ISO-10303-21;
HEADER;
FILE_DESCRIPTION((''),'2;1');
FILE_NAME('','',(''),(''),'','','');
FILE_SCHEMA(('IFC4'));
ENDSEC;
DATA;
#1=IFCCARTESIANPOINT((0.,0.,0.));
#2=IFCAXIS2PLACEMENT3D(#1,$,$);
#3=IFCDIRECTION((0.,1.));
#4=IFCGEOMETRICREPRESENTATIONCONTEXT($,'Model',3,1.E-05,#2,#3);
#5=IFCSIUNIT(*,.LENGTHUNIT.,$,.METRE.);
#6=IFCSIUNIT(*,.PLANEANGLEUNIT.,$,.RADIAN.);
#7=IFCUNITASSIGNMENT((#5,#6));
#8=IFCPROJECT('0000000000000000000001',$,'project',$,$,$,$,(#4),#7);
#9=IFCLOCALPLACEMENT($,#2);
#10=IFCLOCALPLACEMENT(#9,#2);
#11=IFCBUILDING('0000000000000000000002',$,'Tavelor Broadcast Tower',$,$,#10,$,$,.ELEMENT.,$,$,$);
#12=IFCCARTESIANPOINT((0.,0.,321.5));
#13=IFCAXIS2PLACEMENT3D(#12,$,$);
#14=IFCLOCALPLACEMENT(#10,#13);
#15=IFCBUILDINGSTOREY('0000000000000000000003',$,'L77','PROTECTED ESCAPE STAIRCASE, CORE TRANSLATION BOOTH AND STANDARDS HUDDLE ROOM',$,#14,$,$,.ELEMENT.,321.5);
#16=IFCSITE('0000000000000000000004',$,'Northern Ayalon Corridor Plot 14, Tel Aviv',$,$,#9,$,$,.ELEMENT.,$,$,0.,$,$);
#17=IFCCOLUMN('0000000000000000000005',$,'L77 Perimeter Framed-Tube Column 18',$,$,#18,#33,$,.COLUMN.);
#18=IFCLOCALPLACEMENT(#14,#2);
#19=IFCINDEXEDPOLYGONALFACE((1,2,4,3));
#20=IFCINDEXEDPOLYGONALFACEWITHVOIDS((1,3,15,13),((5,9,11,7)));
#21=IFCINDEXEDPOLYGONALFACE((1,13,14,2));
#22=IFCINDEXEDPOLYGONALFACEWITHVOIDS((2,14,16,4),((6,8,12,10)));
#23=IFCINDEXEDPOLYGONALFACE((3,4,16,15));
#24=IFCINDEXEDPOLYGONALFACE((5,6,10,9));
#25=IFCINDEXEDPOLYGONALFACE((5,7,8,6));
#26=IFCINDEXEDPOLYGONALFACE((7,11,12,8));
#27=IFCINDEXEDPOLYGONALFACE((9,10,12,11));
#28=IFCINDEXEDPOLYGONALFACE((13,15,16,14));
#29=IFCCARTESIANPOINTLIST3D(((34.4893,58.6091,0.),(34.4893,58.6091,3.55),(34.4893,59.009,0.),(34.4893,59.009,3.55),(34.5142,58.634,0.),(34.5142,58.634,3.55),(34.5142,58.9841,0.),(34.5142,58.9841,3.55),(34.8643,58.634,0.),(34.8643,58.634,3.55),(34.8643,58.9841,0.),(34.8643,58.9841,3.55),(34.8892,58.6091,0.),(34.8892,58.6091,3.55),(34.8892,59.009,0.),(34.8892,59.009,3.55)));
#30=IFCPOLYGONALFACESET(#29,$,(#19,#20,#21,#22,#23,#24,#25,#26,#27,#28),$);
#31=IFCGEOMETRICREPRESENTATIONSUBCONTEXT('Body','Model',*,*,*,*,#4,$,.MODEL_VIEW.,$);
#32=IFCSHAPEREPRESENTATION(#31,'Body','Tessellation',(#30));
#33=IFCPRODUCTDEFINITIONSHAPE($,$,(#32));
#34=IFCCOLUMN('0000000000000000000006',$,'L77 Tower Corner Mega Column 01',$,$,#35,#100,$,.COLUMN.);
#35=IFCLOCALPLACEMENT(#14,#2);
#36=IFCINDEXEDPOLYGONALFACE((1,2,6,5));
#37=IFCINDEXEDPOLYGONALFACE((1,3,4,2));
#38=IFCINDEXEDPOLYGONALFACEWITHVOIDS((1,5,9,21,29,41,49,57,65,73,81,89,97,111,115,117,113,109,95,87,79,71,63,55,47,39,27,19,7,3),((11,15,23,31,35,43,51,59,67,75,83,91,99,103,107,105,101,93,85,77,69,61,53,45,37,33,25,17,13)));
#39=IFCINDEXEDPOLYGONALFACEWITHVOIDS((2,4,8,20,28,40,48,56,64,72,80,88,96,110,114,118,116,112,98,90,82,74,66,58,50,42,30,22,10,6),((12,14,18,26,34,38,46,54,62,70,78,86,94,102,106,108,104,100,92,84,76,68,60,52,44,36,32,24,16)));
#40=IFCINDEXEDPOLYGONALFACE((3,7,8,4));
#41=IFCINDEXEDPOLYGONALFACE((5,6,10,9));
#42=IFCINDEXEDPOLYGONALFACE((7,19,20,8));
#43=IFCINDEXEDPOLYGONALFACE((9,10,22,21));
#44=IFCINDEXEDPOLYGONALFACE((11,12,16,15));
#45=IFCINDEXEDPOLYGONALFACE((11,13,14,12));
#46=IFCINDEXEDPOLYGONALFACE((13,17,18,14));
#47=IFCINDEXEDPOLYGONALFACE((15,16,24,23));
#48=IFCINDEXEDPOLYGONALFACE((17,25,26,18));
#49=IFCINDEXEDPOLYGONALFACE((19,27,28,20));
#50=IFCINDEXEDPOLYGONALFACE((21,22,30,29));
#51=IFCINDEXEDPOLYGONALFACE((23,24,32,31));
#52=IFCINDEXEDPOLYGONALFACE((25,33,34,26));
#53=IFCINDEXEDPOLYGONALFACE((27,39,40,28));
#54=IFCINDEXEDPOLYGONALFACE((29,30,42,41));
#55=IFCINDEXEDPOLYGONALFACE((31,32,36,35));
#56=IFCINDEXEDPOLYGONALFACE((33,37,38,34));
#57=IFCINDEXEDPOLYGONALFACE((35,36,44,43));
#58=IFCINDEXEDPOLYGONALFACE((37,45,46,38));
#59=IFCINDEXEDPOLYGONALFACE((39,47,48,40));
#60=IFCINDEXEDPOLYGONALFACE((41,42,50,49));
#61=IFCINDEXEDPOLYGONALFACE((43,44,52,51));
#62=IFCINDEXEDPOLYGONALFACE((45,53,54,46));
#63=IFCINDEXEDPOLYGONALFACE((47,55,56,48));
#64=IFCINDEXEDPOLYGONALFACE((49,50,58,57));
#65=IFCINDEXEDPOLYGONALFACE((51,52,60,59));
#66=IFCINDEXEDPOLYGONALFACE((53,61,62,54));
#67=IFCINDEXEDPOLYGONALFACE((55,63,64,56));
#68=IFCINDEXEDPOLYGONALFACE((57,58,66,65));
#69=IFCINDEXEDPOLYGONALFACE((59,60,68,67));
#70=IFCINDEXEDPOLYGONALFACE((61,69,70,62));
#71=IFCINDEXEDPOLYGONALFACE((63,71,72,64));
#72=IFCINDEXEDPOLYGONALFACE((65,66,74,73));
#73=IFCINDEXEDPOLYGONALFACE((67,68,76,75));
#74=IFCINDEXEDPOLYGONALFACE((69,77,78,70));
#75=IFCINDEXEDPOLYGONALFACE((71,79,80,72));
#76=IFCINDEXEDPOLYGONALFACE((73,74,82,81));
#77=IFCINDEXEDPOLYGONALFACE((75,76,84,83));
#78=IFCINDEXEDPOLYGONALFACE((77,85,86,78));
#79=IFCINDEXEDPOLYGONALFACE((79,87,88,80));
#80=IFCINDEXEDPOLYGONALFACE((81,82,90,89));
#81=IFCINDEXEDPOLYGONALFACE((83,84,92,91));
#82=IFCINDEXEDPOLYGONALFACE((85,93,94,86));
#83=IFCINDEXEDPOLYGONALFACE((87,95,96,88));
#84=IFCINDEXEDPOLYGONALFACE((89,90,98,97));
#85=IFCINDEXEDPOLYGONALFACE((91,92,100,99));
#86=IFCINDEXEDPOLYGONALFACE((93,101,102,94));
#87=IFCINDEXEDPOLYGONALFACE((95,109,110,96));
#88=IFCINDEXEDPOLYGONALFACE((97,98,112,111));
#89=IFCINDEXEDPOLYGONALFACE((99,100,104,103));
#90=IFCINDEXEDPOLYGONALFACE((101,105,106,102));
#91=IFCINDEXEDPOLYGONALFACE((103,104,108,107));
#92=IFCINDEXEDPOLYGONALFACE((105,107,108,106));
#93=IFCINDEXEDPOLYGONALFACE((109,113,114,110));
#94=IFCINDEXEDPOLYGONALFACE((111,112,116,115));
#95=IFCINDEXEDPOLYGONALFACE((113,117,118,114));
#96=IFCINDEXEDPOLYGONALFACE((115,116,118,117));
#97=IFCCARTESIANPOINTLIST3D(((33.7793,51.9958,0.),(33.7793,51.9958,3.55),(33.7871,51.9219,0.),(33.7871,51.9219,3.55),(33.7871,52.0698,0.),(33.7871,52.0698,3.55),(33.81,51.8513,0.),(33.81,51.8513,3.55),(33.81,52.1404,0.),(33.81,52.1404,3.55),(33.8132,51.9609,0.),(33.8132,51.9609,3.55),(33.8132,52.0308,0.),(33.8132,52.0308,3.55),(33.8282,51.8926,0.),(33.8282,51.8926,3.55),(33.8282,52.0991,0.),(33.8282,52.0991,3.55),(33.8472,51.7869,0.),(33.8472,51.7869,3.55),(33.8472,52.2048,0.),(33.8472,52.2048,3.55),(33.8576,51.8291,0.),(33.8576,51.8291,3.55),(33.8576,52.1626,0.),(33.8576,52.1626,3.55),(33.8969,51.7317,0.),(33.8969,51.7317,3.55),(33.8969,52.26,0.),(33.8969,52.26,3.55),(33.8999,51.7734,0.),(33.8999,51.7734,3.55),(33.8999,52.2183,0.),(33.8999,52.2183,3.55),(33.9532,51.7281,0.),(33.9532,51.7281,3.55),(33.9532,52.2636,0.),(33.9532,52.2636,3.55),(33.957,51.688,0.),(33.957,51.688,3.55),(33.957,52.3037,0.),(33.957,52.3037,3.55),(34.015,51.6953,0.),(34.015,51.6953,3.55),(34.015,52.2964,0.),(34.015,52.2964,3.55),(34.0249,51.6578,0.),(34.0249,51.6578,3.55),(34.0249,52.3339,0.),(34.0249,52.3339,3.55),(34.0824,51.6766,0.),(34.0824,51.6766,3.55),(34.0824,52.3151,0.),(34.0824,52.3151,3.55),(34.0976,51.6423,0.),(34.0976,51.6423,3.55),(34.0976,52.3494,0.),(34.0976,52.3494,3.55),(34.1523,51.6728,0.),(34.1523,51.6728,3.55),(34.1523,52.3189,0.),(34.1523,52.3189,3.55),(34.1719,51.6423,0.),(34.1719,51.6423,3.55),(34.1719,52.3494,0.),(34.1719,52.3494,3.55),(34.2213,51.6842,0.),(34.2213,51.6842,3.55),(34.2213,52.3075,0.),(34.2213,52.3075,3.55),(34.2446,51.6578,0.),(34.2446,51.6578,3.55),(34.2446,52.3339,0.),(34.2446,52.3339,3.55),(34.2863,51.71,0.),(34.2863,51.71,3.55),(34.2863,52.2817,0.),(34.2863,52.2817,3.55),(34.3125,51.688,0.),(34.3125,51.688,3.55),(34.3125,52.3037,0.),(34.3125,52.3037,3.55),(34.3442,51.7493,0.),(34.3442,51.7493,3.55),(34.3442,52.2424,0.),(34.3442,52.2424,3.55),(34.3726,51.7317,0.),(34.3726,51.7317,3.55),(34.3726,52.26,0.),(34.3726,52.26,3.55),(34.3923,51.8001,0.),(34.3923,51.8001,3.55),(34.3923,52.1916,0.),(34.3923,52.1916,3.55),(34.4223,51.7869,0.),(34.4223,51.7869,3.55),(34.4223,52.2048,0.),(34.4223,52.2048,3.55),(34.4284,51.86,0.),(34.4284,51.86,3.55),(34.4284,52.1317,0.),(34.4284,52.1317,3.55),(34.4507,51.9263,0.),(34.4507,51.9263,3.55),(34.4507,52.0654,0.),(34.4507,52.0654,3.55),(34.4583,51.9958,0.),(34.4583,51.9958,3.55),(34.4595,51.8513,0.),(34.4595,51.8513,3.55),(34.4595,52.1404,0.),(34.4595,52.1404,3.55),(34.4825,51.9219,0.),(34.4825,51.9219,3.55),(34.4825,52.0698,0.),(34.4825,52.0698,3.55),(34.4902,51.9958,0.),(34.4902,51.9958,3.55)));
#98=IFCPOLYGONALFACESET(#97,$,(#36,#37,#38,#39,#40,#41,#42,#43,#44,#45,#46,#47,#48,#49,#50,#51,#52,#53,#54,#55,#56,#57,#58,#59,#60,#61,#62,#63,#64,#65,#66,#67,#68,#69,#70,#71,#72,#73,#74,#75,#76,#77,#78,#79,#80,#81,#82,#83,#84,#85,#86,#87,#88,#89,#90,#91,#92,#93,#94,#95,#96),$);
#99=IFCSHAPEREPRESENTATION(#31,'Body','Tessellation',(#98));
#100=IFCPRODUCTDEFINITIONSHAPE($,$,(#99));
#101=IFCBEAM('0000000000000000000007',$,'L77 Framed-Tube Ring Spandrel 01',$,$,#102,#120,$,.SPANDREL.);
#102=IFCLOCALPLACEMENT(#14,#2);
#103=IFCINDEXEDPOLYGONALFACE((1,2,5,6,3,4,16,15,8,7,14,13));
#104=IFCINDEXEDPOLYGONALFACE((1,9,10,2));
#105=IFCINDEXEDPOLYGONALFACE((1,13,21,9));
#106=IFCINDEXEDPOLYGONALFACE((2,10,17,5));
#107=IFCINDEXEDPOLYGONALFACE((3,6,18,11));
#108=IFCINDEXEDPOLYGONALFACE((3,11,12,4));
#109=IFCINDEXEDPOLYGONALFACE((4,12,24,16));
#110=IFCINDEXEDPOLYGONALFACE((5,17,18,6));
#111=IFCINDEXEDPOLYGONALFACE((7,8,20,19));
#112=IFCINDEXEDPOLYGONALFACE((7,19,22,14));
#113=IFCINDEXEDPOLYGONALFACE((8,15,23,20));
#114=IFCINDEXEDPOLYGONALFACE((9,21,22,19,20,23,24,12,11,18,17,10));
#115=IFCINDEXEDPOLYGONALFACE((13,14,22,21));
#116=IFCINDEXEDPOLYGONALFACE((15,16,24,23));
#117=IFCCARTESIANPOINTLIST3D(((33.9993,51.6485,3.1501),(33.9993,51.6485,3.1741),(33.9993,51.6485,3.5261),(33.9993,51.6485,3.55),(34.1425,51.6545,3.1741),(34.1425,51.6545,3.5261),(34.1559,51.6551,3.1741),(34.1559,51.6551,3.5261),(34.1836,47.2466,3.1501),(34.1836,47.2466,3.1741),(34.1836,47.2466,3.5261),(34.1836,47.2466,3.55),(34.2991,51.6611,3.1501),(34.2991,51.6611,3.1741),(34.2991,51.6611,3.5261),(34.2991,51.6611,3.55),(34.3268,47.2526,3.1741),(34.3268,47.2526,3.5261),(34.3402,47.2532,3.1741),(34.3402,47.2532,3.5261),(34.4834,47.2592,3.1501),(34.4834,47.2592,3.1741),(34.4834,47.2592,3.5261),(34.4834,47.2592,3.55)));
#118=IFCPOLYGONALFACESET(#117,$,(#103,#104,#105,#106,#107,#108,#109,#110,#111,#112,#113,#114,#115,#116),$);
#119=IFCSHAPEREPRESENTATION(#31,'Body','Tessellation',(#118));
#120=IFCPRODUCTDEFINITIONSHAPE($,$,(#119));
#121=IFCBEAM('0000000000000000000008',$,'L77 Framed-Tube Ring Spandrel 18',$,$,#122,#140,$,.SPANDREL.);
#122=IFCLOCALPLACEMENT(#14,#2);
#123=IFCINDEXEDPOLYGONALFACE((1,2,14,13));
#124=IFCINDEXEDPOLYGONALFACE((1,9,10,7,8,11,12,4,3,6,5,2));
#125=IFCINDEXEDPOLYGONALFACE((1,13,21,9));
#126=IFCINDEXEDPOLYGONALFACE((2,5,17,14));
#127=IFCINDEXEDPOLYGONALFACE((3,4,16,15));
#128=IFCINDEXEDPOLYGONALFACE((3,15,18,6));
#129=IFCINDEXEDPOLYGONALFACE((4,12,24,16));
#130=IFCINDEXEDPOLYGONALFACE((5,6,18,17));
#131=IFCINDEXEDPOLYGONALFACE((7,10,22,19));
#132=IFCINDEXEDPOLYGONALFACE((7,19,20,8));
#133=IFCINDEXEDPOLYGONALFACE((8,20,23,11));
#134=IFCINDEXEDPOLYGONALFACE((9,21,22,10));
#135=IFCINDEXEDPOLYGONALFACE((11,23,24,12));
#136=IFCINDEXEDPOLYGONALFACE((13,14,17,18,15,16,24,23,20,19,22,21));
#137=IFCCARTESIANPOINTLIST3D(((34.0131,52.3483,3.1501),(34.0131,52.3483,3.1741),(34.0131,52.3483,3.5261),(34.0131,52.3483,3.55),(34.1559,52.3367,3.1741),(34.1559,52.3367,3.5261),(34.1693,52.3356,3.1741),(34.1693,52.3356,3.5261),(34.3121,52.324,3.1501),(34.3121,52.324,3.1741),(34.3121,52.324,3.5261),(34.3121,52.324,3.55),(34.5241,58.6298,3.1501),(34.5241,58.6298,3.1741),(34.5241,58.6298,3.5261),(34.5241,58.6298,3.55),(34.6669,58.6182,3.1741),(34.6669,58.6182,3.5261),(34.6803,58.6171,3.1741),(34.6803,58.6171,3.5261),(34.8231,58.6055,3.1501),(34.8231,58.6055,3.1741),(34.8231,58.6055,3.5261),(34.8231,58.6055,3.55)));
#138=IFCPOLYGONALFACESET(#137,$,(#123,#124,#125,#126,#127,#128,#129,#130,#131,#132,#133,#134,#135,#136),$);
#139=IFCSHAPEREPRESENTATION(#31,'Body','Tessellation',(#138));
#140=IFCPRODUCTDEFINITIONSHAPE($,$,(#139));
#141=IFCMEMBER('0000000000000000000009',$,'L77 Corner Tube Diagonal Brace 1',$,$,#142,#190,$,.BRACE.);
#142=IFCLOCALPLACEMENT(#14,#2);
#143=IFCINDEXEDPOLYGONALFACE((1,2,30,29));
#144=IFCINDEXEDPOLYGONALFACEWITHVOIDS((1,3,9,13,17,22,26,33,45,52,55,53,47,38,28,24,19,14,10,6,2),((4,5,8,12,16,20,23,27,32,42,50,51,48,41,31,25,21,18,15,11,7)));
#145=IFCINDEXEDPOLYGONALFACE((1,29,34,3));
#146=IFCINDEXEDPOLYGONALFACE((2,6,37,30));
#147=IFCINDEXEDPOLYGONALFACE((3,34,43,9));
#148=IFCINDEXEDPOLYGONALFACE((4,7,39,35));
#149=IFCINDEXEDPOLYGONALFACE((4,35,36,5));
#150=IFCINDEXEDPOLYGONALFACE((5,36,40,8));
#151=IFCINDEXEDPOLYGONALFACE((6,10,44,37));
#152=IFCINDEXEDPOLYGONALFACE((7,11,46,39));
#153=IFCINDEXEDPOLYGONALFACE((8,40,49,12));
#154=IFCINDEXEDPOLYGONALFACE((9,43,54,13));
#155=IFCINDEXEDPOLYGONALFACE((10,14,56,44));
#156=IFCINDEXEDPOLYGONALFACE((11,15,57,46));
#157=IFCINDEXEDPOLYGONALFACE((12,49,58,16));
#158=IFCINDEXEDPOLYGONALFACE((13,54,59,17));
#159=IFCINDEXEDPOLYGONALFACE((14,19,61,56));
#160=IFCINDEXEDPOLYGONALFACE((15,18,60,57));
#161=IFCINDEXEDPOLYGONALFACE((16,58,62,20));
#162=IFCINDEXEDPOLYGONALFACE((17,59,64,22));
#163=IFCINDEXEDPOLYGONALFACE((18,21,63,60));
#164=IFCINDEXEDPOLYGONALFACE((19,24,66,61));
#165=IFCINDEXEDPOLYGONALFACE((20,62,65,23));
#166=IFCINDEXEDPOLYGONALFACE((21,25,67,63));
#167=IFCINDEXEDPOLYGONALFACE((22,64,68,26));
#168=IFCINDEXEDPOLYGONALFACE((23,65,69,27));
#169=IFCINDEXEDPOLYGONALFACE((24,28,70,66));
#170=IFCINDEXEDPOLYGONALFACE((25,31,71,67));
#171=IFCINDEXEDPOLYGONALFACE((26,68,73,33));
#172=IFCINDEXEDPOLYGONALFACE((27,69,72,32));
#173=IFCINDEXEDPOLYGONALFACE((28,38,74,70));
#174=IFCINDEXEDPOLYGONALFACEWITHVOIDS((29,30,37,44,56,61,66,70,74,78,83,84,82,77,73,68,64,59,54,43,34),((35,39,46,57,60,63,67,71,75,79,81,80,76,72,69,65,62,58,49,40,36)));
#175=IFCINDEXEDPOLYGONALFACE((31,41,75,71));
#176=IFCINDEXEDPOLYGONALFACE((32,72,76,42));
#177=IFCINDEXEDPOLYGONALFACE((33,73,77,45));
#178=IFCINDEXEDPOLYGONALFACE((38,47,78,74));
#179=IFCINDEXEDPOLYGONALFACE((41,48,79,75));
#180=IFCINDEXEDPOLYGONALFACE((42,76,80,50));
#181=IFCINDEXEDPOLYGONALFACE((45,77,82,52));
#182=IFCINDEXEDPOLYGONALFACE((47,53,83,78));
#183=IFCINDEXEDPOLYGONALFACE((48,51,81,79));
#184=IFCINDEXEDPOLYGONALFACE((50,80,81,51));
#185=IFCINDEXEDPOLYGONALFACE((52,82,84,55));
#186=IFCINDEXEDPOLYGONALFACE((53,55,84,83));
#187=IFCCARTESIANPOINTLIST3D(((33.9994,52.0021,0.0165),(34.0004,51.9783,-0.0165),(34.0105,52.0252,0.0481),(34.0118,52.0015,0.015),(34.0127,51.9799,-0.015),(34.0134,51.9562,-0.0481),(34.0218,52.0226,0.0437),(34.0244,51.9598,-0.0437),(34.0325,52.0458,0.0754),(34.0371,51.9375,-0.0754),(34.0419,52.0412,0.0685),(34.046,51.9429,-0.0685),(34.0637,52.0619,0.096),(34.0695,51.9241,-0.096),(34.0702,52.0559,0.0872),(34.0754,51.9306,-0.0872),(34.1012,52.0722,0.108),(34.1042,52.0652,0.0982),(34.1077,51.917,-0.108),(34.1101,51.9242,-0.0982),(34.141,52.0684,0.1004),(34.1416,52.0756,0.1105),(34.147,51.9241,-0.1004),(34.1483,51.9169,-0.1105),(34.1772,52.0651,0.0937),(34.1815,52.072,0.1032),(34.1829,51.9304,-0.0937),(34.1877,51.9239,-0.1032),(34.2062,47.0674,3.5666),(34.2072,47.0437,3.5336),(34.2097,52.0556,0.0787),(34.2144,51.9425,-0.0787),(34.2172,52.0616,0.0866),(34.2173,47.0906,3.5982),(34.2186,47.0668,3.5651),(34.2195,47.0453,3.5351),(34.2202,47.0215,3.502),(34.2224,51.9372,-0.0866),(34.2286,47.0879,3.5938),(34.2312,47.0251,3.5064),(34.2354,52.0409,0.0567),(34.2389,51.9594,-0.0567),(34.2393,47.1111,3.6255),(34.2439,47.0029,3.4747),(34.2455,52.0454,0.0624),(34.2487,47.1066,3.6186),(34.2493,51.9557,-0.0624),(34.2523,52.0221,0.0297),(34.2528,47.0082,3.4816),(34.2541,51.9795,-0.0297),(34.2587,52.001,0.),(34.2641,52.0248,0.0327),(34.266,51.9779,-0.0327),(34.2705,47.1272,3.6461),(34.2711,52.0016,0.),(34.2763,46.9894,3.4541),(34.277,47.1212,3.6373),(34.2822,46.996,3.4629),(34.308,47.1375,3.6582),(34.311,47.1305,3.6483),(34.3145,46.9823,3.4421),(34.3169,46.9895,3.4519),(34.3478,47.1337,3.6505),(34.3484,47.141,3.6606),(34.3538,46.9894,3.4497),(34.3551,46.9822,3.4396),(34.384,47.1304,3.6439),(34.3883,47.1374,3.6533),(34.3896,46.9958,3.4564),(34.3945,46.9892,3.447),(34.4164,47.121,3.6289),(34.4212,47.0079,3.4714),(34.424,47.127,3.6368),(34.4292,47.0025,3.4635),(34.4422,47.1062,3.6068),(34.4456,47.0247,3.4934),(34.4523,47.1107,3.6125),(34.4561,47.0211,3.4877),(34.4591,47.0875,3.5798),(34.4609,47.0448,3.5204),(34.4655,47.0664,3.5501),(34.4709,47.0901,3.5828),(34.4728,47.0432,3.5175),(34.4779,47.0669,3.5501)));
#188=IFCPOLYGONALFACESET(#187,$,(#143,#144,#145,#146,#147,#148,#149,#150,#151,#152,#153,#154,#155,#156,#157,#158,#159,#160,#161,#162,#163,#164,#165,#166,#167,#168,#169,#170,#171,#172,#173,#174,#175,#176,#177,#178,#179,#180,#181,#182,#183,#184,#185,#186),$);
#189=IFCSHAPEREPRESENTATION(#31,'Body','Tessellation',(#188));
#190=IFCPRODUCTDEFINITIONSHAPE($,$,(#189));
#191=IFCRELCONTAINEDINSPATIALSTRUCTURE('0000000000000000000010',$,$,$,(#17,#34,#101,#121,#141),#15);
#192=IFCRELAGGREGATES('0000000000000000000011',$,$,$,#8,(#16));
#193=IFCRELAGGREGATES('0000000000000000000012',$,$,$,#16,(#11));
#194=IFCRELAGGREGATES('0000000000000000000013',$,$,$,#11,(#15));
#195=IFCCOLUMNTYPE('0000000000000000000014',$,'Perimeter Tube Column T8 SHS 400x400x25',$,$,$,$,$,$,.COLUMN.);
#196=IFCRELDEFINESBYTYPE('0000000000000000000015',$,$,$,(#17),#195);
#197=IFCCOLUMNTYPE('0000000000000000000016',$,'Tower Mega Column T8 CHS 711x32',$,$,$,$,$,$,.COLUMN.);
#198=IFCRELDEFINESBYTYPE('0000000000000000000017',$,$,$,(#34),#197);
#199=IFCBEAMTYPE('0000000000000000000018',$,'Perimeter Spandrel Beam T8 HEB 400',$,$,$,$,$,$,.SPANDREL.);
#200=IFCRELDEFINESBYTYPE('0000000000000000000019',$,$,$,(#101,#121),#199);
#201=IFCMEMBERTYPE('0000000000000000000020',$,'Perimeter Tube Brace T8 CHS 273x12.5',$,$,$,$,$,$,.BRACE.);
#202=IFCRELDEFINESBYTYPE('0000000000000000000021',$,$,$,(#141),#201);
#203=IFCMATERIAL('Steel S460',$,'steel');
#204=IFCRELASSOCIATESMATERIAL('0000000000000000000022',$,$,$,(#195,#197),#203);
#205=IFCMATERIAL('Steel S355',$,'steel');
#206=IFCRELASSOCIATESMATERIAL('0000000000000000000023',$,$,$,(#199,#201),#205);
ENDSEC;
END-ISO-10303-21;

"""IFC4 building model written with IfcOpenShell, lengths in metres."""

from ifc_helpers import new_model, si_unit, direction, frame, origin, origin_2d, place, context, subcontext, project, spatial, hollow_rectangle, hollow_circle, i_section, extrude, material, material_profile, profile_set, type_object, element, save


model = new_model("IFC4")

# Units and contexts
model_context = context("Model", 3, precision=1e-05, world=origin(), true_north=direction((0.0, 1.0)))
body_context = subcontext(model_context, "Body", "Model", "MODEL_VIEW")
ifc_project = project(units=[si_unit("LENGTHUNIT", "METRE"), si_unit("PLANEANGLEUNIT", "RADIAN")], contexts=[model_context])

# Site, building, storey
site_placement = place(None, origin())
site = spatial("IfcSite", under=ifc_project, at=site_placement, Name="Northern Ayalon Corridor Plot 14, Tel Aviv", CompositionType="ELEMENT", RefElevation=0.0)
building_placement = place(site_placement, origin())
building = spatial("IfcBuilding", under=site, at=building_placement, Name="Tavelor Broadcast Tower", CompositionType="ELEMENT")
storey_placement = place(building_placement, frame((0.0, 0.0, 321.5)))
storey = spatial("IfcBuildingStorey", under=building, at=storey_placement, Name="L77", Description="PROTECTED ESCAPE STAIRCASE, CORE TRANSLATION BOOTH AND STANDARDS HUDDLE ROOM", CompositionType="ELEMENT", Elevation=321.5)

# Columns
ifc_material_1 = material(Name="Steel S460", Category="steel")
ifc_material_profile_1 = material_profile(ifc_material_1, hollow_rectangle(XDim=0.3999, YDim=0.3999, WallThickness=0.0249, at=origin_2d()), Name="SHS 400x400x25")
ifc_profile_set_1 = profile_set([ifc_material_profile_1], Name="Steel S460")
column_type_1 = type_object("IfcColumnType", Name="Perimeter Tube Column T8 SHS 400x400x25", PredefinedType="COLUMN", material=ifc_profile_set_1)
column_1_placement = place(storey_placement, frame((34.6892, 58.8091, 0.0), z_axis=(0.0, 0.0, 1.0), x_axis=(1.0, 0.0, 0.0)))
element("IfcColumn", 1, at=column_1_placement, inside=storey, type_object=column_type_1, Name="L77 Perimeter Framed-Tube Column 18", PredefinedType="COLUMN", context=body_context, shape_type="SweptSolid", body=[
    extrude(hollow_rectangle(XDim=0.3999, YDim=0.3999, WallThickness=0.0249, at=origin_2d()), origin(), (0.0, 0.0, 1.0), 3.55),
])
ifc_material_profile_2 = material_profile(ifc_material_1, hollow_circle(Radius=0.3555, WallThickness=0.032, at=origin_2d()), Name="CHS 711x32")
ifc_profile_set_2 = profile_set([ifc_material_profile_2], Name="Steel S460")
column_type_2 = type_object("IfcColumnType", Name="Tower Mega Column T8 CHS 711x32", PredefinedType="COLUMN", material=ifc_profile_set_2)
column_2_placement = place(storey_placement, frame((34.1348, 51.9958, 0.0), z_axis=(0.0, 0.0, 1.0), x_axis=(1.0, 0.0, 0.0)))
element("IfcColumn", 2, at=column_2_placement, inside=storey, type_object=column_type_2, Name="L77 Tower Corner Mega Column 01", PredefinedType="COLUMN", context=body_context, shape_type="SweptSolid", body=[
    extrude(hollow_circle(Radius=0.3555, WallThickness=0.032, at=origin_2d()), origin(), (0.0, 0.0, 1.0), 3.55),
])

# Beams
ifc_material_2 = material(Name="Steel S355", Category="steel")
ifc_material_profile_3 = material_profile(ifc_material_2, i_section(OverallWidth=0.3, OverallDepth=0.3999, WebThickness=0.0134, FlangeThickness=0.0239, at=origin_2d()), Name="HEB 400")
ifc_profile_set_3 = profile_set([ifc_material_profile_3], Name="Steel S355")
beam_type = type_object("IfcBeamType", Name="Perimeter Spandrel Beam T8 HEB 400", PredefinedType="SPANDREL", material=ifc_profile_set_3)
beam_1_placement = place(storey_placement, frame((34.1492, 51.6548, 3.3501), z_axis=(0.041838, -0.999124, 0.0), x_axis=(0.999124, 0.041838, 0.0)))
element("IfcBeam", 3, at=beam_1_placement, inside=storey, type_object=beam_type, Name="L77 Framed-Tube Ring Spandrel 01", PredefinedType="SPANDREL", context=body_context, shape_type="SweptSolid", body=[
    extrude(i_section(OverallWidth=0.3, OverallDepth=0.3999, WebThickness=0.0134, FlangeThickness=0.0239, at=origin_2d()), origin(), (0.0, 0.0, 1.0), 4.4058),
])
beam_2_placement = place(storey_placement, frame((34.6736, 58.6177, 3.3501), z_axis=(-0.08108, -0.996708, 0.0), x_axis=(0.996708, -0.08108, 0.0)))
element("IfcBeam", 4, at=beam_2_placement, inside=storey, type_object=beam_type, Name="L77 Framed-Tube Ring Spandrel 18", PredefinedType="SPANDREL", context=body_context, shape_type="SweptSolid", body=[
    extrude(i_section(OverallWidth=0.3, OverallDepth=0.3999, WebThickness=0.0134, FlangeThickness=0.0239, at=origin_2d()), origin(), (0.0, 0.0, 1.0), 6.3022),
])

# Member
ifc_material_profile_4 = material_profile(ifc_material_2, hollow_circle(Radius=0.1365, WallThickness=0.0125, at=origin_2d()), Name="CHS 273x12.5")
ifc_profile_set_4 = profile_set([ifc_material_profile_4], Name="Steel S355")
member_type_1 = type_object("IfcMemberType", Name="Perimeter Tube Brace T8 CHS 273x12.5", PredefinedType="BRACE", material=ifc_profile_set_4)
member_1_placement = place(storey_placement, frame((34.1348, 51.9958, 0.0), z_axis=(0.033998, -0.811287, 0.583659), x_axis=(0.999123, 0.041869, 0.0)))
element("IfcMember", 5, at=member_1_placement, inside=storey, type_object=member_type_1, Name="L77 Corner Tube Diagonal Brace 1", PredefinedType="BRACE", context=body_context, shape_type="SweptSolid", body=[
    extrude(hollow_circle(Radius=0.1365, WallThickness=0.0125, at=origin_2d()), origin(), (0.0, 0.0, 1.0), 6.0825),
])

save(model, "model.ifc")
